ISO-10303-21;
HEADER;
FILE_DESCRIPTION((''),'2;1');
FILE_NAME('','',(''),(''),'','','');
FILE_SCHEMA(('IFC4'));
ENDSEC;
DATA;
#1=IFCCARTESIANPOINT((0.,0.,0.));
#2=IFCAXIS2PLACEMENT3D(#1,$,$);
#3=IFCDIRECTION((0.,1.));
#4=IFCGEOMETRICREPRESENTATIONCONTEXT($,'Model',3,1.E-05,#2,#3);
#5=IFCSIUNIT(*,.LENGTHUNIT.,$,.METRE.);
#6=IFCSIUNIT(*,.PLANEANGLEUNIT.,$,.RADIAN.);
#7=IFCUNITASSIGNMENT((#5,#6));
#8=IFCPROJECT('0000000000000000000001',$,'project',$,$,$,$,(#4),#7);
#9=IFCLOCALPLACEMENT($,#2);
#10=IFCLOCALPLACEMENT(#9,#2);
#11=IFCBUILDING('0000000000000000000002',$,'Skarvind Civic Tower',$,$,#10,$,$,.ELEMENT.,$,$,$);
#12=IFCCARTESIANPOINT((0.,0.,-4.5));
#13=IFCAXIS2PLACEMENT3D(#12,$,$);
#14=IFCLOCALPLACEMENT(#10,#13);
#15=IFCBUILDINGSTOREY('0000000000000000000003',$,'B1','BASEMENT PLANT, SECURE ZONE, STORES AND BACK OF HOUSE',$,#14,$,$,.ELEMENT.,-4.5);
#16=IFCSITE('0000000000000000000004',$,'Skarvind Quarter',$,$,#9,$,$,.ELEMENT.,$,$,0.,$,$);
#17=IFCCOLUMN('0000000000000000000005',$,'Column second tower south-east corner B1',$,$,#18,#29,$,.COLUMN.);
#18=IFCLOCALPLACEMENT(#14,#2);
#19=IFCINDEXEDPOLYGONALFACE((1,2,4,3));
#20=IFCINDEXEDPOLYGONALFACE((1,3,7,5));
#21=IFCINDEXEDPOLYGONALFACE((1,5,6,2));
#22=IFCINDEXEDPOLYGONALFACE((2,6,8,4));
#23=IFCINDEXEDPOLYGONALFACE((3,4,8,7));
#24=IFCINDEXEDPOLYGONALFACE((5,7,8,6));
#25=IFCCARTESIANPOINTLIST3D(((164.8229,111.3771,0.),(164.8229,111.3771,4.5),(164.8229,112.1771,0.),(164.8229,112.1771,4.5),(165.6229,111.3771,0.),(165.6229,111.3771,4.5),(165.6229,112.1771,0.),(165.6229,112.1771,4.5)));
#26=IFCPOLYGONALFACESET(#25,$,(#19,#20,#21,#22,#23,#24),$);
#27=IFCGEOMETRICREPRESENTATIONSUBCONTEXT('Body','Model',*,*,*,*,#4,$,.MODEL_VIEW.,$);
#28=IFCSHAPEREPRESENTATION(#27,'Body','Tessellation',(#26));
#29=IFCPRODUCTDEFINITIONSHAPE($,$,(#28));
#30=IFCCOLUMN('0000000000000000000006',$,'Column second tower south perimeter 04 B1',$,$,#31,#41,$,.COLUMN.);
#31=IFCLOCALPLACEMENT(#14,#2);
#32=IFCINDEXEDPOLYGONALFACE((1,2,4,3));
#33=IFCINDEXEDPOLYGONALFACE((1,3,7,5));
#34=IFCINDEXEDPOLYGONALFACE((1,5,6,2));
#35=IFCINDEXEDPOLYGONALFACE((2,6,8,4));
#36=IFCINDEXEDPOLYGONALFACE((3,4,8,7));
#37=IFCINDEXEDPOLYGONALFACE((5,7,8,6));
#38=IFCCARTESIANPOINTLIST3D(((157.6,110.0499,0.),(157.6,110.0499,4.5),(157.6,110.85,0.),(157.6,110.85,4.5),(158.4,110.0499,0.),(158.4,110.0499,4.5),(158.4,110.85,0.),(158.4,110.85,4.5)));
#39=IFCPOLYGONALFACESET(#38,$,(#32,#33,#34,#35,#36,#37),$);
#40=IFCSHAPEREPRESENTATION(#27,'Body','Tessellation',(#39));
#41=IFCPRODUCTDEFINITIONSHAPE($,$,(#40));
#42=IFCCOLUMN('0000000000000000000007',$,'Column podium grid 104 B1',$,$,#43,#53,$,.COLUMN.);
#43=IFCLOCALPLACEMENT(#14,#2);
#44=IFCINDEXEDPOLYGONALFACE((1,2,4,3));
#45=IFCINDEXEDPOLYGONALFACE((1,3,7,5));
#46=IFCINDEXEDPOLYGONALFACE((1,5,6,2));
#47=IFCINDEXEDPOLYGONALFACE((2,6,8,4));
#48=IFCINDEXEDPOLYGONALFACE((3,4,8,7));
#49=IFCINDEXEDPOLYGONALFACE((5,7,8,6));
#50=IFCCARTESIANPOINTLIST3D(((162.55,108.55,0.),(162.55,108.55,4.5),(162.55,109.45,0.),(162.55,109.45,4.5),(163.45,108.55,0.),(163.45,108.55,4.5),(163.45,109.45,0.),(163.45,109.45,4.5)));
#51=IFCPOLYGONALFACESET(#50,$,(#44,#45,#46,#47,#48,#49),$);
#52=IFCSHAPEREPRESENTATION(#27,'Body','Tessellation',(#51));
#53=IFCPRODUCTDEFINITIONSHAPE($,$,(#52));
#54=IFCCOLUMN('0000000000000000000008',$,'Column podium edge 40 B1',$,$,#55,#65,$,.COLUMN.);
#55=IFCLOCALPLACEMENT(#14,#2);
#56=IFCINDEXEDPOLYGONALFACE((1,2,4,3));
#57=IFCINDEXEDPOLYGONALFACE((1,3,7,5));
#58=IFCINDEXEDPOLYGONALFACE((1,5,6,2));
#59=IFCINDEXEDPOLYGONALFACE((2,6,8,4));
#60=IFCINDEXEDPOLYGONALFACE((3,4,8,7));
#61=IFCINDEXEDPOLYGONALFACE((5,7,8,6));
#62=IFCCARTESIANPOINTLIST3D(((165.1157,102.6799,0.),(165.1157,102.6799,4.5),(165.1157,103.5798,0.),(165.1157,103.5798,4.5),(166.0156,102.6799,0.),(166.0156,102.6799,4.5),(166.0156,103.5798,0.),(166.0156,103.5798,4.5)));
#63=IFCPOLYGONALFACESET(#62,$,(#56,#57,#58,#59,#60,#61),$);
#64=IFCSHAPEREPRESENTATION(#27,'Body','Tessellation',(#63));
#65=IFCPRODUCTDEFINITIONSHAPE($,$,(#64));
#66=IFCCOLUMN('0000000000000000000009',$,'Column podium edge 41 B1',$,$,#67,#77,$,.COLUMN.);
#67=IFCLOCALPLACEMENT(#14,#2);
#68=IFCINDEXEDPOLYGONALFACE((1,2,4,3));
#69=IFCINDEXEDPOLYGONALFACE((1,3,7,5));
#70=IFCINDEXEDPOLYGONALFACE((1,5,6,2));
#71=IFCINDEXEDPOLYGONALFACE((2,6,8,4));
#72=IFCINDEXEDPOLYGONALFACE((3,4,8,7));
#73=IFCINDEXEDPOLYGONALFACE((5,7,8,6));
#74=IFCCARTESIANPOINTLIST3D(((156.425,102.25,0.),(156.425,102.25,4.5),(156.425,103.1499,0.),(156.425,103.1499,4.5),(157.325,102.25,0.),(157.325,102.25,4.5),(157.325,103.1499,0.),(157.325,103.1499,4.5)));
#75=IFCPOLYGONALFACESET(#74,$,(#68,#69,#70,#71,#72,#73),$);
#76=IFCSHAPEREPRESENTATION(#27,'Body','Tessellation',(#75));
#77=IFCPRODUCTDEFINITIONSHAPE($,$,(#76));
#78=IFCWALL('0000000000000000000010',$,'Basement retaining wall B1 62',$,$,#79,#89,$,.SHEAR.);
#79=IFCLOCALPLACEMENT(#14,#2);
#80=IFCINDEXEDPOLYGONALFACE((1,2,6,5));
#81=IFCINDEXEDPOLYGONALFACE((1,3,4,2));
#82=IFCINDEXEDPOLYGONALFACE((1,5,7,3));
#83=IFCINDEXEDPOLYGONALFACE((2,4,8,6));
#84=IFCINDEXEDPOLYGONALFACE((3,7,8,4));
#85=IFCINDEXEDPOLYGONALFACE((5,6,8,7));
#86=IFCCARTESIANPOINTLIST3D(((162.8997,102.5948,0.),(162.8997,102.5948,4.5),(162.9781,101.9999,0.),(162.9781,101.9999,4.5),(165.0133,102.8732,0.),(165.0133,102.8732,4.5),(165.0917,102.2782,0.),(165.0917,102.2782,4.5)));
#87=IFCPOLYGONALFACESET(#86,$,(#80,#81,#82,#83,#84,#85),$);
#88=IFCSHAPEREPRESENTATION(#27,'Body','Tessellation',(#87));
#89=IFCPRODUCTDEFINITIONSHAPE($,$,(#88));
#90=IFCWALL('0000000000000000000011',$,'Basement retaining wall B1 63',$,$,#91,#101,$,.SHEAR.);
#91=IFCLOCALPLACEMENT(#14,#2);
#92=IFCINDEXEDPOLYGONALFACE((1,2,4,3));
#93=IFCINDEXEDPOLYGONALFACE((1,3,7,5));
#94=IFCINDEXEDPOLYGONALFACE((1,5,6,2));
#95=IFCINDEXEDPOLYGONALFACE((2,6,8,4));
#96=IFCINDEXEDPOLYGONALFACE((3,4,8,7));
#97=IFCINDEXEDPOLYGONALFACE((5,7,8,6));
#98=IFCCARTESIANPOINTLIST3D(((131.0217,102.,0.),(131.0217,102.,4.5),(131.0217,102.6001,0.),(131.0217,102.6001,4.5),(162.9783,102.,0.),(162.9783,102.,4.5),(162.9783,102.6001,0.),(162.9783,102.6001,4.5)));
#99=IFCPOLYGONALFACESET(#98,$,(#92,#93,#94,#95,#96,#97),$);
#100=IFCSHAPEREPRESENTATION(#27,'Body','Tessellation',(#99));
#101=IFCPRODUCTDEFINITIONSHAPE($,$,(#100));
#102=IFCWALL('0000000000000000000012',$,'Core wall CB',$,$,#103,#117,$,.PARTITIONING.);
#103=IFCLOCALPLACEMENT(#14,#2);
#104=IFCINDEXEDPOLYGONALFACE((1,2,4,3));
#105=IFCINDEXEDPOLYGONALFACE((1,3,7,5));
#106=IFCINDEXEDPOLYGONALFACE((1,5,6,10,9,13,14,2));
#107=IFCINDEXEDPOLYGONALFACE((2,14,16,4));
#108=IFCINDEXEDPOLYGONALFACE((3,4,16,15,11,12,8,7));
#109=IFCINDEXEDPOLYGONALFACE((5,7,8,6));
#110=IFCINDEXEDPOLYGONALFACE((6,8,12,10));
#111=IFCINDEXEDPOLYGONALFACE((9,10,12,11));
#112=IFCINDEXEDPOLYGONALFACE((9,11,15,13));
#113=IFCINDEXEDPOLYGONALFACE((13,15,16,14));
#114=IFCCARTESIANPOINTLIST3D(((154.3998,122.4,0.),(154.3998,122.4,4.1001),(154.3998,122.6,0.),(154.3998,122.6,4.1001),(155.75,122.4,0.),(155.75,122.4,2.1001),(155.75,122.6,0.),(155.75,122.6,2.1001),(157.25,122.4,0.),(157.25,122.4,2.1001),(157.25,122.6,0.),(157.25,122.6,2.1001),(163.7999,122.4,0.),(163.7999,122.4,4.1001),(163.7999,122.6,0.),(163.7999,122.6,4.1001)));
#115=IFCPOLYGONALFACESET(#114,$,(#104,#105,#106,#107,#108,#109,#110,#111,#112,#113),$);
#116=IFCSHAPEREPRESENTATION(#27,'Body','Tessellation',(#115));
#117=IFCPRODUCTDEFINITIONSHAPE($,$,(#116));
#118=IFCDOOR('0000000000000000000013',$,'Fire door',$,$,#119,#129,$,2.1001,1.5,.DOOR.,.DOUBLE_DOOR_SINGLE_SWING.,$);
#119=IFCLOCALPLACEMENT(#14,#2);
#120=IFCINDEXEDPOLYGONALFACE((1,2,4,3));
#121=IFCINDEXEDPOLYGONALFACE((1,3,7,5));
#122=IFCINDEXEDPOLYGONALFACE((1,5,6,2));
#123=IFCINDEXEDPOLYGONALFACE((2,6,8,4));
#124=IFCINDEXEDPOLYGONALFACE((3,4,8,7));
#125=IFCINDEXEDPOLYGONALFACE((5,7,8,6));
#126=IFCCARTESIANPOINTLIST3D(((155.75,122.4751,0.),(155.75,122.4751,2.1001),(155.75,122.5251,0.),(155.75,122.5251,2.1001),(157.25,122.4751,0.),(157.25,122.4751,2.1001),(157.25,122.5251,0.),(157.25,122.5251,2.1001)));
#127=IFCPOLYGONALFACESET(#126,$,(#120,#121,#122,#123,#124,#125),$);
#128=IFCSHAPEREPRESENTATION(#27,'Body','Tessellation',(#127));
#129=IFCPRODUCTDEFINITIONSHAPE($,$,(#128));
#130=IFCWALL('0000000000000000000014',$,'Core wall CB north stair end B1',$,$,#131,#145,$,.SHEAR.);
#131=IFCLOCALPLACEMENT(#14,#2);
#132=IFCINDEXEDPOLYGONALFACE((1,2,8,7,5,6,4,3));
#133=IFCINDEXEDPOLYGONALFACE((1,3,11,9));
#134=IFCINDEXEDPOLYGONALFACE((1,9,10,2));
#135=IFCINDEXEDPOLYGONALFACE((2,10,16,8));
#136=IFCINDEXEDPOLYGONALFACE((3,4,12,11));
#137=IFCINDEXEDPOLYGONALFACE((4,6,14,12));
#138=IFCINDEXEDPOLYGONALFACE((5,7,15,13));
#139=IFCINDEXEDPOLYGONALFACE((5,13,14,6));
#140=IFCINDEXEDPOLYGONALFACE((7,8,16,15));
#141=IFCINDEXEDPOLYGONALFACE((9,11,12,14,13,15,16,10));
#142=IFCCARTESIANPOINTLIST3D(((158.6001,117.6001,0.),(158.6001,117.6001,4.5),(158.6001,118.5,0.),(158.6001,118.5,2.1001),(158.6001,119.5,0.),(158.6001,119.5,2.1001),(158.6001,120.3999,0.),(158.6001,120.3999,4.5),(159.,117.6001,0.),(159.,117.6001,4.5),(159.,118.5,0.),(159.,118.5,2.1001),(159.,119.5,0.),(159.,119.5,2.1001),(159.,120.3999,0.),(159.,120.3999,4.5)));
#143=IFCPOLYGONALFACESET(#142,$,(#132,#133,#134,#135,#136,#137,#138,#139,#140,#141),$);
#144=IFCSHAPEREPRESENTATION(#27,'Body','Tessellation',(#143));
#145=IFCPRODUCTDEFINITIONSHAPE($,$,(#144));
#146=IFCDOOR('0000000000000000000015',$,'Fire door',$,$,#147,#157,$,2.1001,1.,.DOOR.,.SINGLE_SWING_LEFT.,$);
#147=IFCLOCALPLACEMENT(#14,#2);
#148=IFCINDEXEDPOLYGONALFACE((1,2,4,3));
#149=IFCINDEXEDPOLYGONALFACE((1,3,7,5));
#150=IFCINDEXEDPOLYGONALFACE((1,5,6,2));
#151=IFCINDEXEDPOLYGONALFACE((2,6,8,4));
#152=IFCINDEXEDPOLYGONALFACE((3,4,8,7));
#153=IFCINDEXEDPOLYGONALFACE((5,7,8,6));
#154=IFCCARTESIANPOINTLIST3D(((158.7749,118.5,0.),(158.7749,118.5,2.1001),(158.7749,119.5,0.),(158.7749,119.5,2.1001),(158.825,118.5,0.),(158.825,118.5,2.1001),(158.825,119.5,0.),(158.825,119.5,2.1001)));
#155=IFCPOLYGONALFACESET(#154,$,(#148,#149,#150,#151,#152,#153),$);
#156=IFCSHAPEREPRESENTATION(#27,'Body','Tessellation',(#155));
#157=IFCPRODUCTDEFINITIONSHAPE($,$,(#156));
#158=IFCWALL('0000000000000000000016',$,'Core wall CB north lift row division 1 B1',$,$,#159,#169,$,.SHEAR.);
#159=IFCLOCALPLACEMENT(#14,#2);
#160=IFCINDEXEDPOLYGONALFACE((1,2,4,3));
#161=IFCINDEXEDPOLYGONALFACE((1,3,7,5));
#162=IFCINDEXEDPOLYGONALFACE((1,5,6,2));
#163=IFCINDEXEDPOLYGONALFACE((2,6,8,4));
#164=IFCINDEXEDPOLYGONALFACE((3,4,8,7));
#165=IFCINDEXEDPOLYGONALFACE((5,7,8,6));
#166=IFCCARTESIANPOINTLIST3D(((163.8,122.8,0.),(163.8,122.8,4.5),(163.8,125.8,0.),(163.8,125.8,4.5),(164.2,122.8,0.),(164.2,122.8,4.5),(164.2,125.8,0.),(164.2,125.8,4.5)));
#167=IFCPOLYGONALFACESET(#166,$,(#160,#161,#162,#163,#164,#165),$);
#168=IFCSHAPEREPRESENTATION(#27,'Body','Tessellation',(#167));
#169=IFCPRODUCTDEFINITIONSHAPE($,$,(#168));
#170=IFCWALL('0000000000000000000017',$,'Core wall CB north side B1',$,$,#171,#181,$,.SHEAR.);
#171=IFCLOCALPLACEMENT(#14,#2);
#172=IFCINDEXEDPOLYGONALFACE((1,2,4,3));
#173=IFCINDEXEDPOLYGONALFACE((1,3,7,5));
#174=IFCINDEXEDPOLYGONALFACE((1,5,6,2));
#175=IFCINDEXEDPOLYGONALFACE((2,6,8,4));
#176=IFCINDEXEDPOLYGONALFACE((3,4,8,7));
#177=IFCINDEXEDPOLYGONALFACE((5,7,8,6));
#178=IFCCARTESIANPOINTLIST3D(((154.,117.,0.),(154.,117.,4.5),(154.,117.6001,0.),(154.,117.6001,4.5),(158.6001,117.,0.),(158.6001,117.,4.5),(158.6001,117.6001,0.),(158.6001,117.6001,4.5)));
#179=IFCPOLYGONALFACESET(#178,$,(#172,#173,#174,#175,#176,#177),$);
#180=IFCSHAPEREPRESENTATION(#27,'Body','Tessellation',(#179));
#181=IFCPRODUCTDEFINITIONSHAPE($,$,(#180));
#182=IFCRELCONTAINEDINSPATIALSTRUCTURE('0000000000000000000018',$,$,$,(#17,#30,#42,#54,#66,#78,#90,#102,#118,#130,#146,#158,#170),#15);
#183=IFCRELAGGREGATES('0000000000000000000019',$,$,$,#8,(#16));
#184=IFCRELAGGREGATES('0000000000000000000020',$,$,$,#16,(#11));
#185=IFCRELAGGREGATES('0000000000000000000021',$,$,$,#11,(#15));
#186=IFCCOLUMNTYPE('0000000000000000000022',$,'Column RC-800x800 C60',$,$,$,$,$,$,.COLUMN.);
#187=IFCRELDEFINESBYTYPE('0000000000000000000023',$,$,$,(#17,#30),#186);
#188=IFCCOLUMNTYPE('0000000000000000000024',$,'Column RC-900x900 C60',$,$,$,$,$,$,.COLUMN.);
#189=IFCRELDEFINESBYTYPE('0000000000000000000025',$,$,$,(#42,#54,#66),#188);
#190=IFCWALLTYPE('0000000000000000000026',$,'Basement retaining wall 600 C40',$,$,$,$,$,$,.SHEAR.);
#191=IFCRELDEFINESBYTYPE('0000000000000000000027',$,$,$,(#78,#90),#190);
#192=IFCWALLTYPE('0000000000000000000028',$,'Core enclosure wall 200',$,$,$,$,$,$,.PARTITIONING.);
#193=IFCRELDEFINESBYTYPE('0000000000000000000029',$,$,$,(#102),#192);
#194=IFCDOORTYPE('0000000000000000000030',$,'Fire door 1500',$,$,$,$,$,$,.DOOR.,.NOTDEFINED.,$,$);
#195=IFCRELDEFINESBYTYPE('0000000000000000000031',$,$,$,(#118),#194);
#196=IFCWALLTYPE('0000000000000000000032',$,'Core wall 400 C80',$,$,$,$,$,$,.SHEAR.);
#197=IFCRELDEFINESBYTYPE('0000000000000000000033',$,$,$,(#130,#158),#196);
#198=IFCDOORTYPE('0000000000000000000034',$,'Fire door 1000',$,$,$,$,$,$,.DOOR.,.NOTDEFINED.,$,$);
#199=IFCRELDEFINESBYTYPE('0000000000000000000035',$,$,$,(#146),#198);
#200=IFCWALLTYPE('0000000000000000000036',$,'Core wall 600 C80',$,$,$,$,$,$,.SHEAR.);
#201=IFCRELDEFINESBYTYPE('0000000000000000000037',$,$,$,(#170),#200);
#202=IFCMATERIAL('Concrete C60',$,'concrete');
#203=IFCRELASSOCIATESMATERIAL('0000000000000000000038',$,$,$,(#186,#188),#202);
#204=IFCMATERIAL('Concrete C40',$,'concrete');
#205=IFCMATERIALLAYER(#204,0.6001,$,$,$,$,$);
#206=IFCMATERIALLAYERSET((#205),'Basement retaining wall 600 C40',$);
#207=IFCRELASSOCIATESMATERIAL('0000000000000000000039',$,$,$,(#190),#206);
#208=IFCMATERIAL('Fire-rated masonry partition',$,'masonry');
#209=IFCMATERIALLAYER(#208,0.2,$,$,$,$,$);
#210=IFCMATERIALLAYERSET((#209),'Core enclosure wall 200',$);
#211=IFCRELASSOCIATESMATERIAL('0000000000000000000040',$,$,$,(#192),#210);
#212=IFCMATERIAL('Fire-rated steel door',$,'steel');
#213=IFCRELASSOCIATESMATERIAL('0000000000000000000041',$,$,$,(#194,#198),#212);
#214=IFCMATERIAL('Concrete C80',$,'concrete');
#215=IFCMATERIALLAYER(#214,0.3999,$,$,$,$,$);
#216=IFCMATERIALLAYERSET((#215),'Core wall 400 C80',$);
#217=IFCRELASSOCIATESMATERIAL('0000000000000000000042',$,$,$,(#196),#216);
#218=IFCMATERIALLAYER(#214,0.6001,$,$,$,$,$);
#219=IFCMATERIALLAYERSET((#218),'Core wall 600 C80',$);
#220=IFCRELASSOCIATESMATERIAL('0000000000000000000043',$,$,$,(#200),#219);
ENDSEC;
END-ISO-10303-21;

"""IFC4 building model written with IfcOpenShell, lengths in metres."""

from ifc_helpers import new_model, si_unit, direction, frame, frame_2d, origin, origin_2d, place, context, subcontext, project, spatial, rectangle, extrude, material, layer, layer_set, material_profile, profile_set, type_object, element, fill, save


model = new_model("IFC4")

# Units and contexts
model_context = context("Model", 3, precision=1e-05, world=origin(), true_north=direction((0.0, 1.0)))
body_context = subcontext(model_context, "Body", "Model", "MODEL_VIEW")
ifc_project = project(units=[si_unit("LENGTHUNIT", "METRE"), si_unit("PLANEANGLEUNIT", "RADIAN")], contexts=[model_context])

# Site, building, storey
site_placement = place(None, origin())
site = spatial("IfcSite", under=ifc_project, at=site_placement, Name="Skarvind Quarter", CompositionType="ELEMENT", RefElevation=0.0)
building_placement = place(site_placement, origin())
building = spatial("IfcBuilding", under=site, at=building_placement, Name="Skarvind Civic Tower", CompositionType="ELEMENT")
storey_placement = place(building_placement, frame((0.0, 0.0, -4.5)))
storey = spatial("IfcBuildingStorey", under=building, at=storey_placement, Name="B1", Description="BASEMENT PLANT, SECURE ZONE, STORES AND BACK OF HOUSE", CompositionType="ELEMENT", Elevation=-4.5)

# Columns
ifc_material_1 = material(Name="Concrete C60", Category="concrete")
ifc_material_profile_1 = material_profile(ifc_material_1, rectangle(XDim=0.8, YDim=0.8, at=origin_2d()), Name="RC-800x800")
ifc_profile_set_1 = profile_set([ifc_material_profile_1], Name="Concrete C60")
column_type_1 = type_object("IfcColumnType", Name="Column RC-800x800 C60", PredefinedType="COLUMN", material=ifc_profile_set_1)
for number, where, z_axis, x_axis, name in (
    (1, (165.2229, 111.7771, 0.0), (0.0, 0.0, 1.0), (1.0, 0.0, 0.0), "Column second tower south-east corner B1"),
    (2, (158.0, 110.45, 0.0), (0.0, 0.0, 1.0), (1.0, 0.0, 0.0), "Column second tower south perimeter 04 B1"),
):
    element("IfcColumn", number, at=place(storey_placement, frame(where, z_axis=z_axis, x_axis=x_axis)), inside=storey, type_object=column_type_1, Name=name, PredefinedType="COLUMN", context=body_context, shape_type="SweptSolid", body=[
        extrude(rectangle(XDim=0.8, YDim=0.8, at=origin_2d()), origin(), (0.0, 0.0, 1.0), 4.5),
    ])
ifc_material_profile_2 = material_profile(ifc_material_1, rectangle(XDim=0.8999, YDim=0.8999, at=origin_2d()), Name="RC-900x900")
ifc_profile_set_2 = profile_set([ifc_material_profile_2], Name="Concrete C60")
column_type_2 = type_object("IfcColumnType", Name="Column RC-900x900 C60", PredefinedType="COLUMN", material=ifc_profile_set_2)
for number, where, z_axis, x_axis, name in (
    (3, (163.0, 109.0, 0.0), (0.0, 0.0, 1.0), (1.0, 0.0, 0.0), "Column podium grid 104 B1"),
    (4, (165.5657, 103.1299, 0.0), (0.0, 0.0, 1.0), (1.0, 0.0, 0.0), "Column podium edge 40 B1"),
    (5, (156.875, 102.7, 0.0), (0.0, 0.0, 1.0), (1.0, 0.0, 0.0), "Column podium edge 41 B1"),
):
    element("IfcColumn", number, at=place(storey_placement, frame(where, z_axis=z_axis, x_axis=x_axis)), inside=storey, type_object=column_type_2, Name=name, PredefinedType="COLUMN", context=body_context, shape_type="SweptSolid", body=[
        extrude(rectangle(XDim=0.8999, YDim=0.8999, at=origin_2d()), origin(), (0.0, 0.0, 1.0), 4.5),
    ])

# Walls
ifc_material_2 = material(Name="Concrete C40", Category="concrete")
ifc_layer_1 = layer(ifc_material_2, 0.6001)
ifc_layer_set_1 = layer_set([ifc_layer_1], Name="Basement retaining wall 600 C40")
wall_type_1 = type_object("IfcWallType", Name="Basement retaining wall 600 C40", PredefinedType="SHEAR", material=ifc_layer_set_1)
wall_1_placement = place(storey_placement, frame((165.0525, 102.5757, 0.0), z_axis=(0.0, 0.0, 1.0), x_axis=(-0.991441, -0.130558, 0.0)))
element("IfcWall", 6, at=wall_1_placement, inside=storey, type_object=wall_type_1, Name="Basement retaining wall B1 62", PredefinedType="SHEAR", context=body_context, shape_type="SweptSolid", body=[
    extrude(rectangle(XDim=2.1318, YDim=0.6001, at=frame_2d((1.0659, 0.0))), origin(), (0.0, 0.0, 1.0), 4.5),
])
wall_2_placement = place(storey_placement, frame((162.9783, 102.3, 0.0), z_axis=(0.0, 0.0, 1.0), x_axis=(-1.0, 0.0, 0.0)))
element("IfcWall", 7, at=wall_2_placement, inside=storey, type_object=wall_type_1, Name="Basement retaining wall B1 63", PredefinedType="SHEAR", context=body_context, shape_type="SweptSolid", body=[
    extrude(rectangle(XDim=31.9565, YDim=0.6001, at=frame_2d((15.9783, 0.0))), origin(), (0.0, 0.0, 1.0), 4.5),
])

# Walls, openings, doors
ifc_material_3 = material(Name="Fire-rated masonry partition", Category="masonry")
ifc_layer_2 = layer(ifc_material_3, 0.2)
ifc_layer_set_2 = layer_set([ifc_layer_2], Name="Core enclosure wall 200")
wall_type_2 = type_object("IfcWallType", Name="Core enclosure wall 200", PredefinedType="PARTITIONING", material=ifc_layer_set_2)
wall_3_placement = place(storey_placement, frame((163.8, 122.5, 0.0), z_axis=(0.0, 0.0, 1.0), x_axis=(-1.0, 0.0, 0.0)))
wall_3 = element("IfcWall", 8, at=wall_3_placement, inside=storey, type_object=wall_type_2, Name="Core wall CB", PredefinedType="PARTITIONING", context=body_context, shape_type="SweptSolid", body=[
    extrude(rectangle(XDim=9.4001, YDim=0.2, at=frame_2d((4.7002, 0.0))), origin(), (0.0, 0.0, 1.0), 4.1001),
])
opening_1_placement = place(wall_3_placement, frame((6.55, 0.0, 0.0)))
opening_1 = element("IfcOpeningElement", 9, at=opening_1_placement, cuts=wall_3, PredefinedType="OPENING", context=body_context, shape_type="SweptSolid", body=[
    extrude(rectangle(XDim=1.5, YDim=2.1001, at=frame_2d((0.75, 1.05))), frame((0.0, 0.1099, 0.0), z_axis=(0.0, -1.0, 0.0), x_axis=(1.0, 0.0, 0.0)), (0.0, 0.0, 1.0), 0.22),
])
ifc_material_4 = material(Name="Fire-rated steel door", Category="steel")
door_type_1 = type_object("IfcDoorType", Name="Fire door 1500", OperationType="NOTDEFINED", PredefinedType="DOOR", material=ifc_material_4)
door_1_placement = place(opening_1_placement, origin())
door_1 = element("IfcDoor", 10, at=door_1_placement, inside=storey, type_object=door_type_1, Name="Fire door", OperationType="DOUBLE_DOOR_SINGLE_SWING", OverallHeight=2.1001, OverallWidth=1.5, PredefinedType="DOOR", context=body_context, shape_type="SweptSolid", body=[
    extrude(rectangle(XDim=1.5, YDim=2.1001, at=frame_2d((0.75, 1.05))), frame((0.0, 0.0249, 0.0), z_axis=(0.0, -1.0, 0.0), x_axis=(1.0, 0.0, 0.0)), (0.0, 0.0, 1.0), 0.05),
])
fill(opening_1, door_1)
ifc_material_5 = material(Name="Concrete C80", Category="concrete")
ifc_layer_3 = layer(ifc_material_5, 0.3999)
ifc_layer_set_3 = layer_set([ifc_layer_3], Name="Core wall 400 C80")
wall_type_3 = type_object("IfcWallType", Name="Core wall 400 C80", PredefinedType="SHEAR", material=ifc_layer_set_3)
wall_4_placement = place(storey_placement, frame((158.8, 120.3999, 0.0), z_axis=(0.0, 0.0, 1.0), x_axis=(0.0, -1.0, 0.0)))
wall_4 = element("IfcWall", 11, at=wall_4_placement, inside=storey, type_object=wall_type_3, Name="Core wall CB north stair end B1", PredefinedType="SHEAR", context=body_context, shape_type="SweptSolid", body=[
    extrude(rectangle(XDim=2.7998, YDim=0.3999, at=frame_2d((1.3999, 0.0))), origin(), (0.0, 0.0, 1.0), 4.5),
])
opening_2_placement = place(wall_4_placement, frame((0.8999, 0.0, 0.0)))
opening_2 = element("IfcOpeningElement", 12, at=opening_2_placement, cuts=wall_4, PredefinedType="OPENING", context=body_context, shape_type="SweptSolid", body=[
    extrude(rectangle(XDim=1.0, YDim=2.1001, at=frame_2d((0.5, 1.05))), frame((0.0, 0.21, 0.0), z_axis=(0.0, -1.0, 0.0), x_axis=(1.0, 0.0, 0.0)), (0.0, 0.0, 1.0), 0.4199),
])
door_type_2 = type_object("IfcDoorType", Name="Fire door 1000", OperationType="NOTDEFINED", PredefinedType="DOOR", material=ifc_material_4)
door_2_placement = place(opening_2_placement, origin())
door_2 = element("IfcDoor", 13, at=door_2_placement, inside=storey, type_object=door_type_2, Name="Fire door", OperationType="SINGLE_SWING_LEFT", OverallHeight=2.1001, OverallWidth=1.0, PredefinedType="DOOR", context=body_context, shape_type="SweptSolid", body=[
    extrude(rectangle(XDim=1.0, YDim=2.1001, at=frame_2d((0.5, 1.05))), frame((0.0, 0.0249, 0.0), z_axis=(0.0, -1.0, 0.0), x_axis=(1.0, 0.0, 0.0)), (0.0, 0.0, 1.0), 0.05),
])
fill(opening_2, door_2)

# Walls
wall_5_placement = place(storey_placement, frame((164.0, 125.8, 0.0), z_axis=(0.0, 0.0, 1.0), x_axis=(0.0, -1.0, 0.0)))
element("IfcWall", 14, at=wall_5_placement, inside=storey, type_object=wall_type_3, Name="Core wall CB north lift row division 1 B1", PredefinedType="SHEAR", context=body_context, shape_type="SweptSolid", body=[
    extrude(rectangle(XDim=3.0, YDim=0.3999, at=frame_2d((1.5, 0.0))), origin(), (0.0, 0.0, 1.0), 4.5),
])
ifc_layer_4 = layer(ifc_material_5, 0.6001)
ifc_layer_set_4 = layer_set([ifc_layer_4], Name="Core wall 600 C80")
wall_type_4 = type_object("IfcWallType", Name="Core wall 600 C80", PredefinedType="SHEAR", material=ifc_layer_set_4)
wall_6_placement = place(storey_placement, frame((158.6001, 117.3, 0.0), z_axis=(0.0, 0.0, 1.0), x_axis=(-1.0, 0.0, 0.0)))
element("IfcWall", 15, at=wall_6_placement, inside=storey, type_object=wall_type_4, Name="Core wall CB north side B1", PredefinedType="SHEAR", context=body_context, shape_type="SweptSolid", body=[
    extrude(rectangle(XDim=4.6001, YDim=0.6001, at=frame_2d((2.3, 0.0))), origin(), (0.0, 0.0, 1.0), 4.5),
])

save(model, "model.ifc")
